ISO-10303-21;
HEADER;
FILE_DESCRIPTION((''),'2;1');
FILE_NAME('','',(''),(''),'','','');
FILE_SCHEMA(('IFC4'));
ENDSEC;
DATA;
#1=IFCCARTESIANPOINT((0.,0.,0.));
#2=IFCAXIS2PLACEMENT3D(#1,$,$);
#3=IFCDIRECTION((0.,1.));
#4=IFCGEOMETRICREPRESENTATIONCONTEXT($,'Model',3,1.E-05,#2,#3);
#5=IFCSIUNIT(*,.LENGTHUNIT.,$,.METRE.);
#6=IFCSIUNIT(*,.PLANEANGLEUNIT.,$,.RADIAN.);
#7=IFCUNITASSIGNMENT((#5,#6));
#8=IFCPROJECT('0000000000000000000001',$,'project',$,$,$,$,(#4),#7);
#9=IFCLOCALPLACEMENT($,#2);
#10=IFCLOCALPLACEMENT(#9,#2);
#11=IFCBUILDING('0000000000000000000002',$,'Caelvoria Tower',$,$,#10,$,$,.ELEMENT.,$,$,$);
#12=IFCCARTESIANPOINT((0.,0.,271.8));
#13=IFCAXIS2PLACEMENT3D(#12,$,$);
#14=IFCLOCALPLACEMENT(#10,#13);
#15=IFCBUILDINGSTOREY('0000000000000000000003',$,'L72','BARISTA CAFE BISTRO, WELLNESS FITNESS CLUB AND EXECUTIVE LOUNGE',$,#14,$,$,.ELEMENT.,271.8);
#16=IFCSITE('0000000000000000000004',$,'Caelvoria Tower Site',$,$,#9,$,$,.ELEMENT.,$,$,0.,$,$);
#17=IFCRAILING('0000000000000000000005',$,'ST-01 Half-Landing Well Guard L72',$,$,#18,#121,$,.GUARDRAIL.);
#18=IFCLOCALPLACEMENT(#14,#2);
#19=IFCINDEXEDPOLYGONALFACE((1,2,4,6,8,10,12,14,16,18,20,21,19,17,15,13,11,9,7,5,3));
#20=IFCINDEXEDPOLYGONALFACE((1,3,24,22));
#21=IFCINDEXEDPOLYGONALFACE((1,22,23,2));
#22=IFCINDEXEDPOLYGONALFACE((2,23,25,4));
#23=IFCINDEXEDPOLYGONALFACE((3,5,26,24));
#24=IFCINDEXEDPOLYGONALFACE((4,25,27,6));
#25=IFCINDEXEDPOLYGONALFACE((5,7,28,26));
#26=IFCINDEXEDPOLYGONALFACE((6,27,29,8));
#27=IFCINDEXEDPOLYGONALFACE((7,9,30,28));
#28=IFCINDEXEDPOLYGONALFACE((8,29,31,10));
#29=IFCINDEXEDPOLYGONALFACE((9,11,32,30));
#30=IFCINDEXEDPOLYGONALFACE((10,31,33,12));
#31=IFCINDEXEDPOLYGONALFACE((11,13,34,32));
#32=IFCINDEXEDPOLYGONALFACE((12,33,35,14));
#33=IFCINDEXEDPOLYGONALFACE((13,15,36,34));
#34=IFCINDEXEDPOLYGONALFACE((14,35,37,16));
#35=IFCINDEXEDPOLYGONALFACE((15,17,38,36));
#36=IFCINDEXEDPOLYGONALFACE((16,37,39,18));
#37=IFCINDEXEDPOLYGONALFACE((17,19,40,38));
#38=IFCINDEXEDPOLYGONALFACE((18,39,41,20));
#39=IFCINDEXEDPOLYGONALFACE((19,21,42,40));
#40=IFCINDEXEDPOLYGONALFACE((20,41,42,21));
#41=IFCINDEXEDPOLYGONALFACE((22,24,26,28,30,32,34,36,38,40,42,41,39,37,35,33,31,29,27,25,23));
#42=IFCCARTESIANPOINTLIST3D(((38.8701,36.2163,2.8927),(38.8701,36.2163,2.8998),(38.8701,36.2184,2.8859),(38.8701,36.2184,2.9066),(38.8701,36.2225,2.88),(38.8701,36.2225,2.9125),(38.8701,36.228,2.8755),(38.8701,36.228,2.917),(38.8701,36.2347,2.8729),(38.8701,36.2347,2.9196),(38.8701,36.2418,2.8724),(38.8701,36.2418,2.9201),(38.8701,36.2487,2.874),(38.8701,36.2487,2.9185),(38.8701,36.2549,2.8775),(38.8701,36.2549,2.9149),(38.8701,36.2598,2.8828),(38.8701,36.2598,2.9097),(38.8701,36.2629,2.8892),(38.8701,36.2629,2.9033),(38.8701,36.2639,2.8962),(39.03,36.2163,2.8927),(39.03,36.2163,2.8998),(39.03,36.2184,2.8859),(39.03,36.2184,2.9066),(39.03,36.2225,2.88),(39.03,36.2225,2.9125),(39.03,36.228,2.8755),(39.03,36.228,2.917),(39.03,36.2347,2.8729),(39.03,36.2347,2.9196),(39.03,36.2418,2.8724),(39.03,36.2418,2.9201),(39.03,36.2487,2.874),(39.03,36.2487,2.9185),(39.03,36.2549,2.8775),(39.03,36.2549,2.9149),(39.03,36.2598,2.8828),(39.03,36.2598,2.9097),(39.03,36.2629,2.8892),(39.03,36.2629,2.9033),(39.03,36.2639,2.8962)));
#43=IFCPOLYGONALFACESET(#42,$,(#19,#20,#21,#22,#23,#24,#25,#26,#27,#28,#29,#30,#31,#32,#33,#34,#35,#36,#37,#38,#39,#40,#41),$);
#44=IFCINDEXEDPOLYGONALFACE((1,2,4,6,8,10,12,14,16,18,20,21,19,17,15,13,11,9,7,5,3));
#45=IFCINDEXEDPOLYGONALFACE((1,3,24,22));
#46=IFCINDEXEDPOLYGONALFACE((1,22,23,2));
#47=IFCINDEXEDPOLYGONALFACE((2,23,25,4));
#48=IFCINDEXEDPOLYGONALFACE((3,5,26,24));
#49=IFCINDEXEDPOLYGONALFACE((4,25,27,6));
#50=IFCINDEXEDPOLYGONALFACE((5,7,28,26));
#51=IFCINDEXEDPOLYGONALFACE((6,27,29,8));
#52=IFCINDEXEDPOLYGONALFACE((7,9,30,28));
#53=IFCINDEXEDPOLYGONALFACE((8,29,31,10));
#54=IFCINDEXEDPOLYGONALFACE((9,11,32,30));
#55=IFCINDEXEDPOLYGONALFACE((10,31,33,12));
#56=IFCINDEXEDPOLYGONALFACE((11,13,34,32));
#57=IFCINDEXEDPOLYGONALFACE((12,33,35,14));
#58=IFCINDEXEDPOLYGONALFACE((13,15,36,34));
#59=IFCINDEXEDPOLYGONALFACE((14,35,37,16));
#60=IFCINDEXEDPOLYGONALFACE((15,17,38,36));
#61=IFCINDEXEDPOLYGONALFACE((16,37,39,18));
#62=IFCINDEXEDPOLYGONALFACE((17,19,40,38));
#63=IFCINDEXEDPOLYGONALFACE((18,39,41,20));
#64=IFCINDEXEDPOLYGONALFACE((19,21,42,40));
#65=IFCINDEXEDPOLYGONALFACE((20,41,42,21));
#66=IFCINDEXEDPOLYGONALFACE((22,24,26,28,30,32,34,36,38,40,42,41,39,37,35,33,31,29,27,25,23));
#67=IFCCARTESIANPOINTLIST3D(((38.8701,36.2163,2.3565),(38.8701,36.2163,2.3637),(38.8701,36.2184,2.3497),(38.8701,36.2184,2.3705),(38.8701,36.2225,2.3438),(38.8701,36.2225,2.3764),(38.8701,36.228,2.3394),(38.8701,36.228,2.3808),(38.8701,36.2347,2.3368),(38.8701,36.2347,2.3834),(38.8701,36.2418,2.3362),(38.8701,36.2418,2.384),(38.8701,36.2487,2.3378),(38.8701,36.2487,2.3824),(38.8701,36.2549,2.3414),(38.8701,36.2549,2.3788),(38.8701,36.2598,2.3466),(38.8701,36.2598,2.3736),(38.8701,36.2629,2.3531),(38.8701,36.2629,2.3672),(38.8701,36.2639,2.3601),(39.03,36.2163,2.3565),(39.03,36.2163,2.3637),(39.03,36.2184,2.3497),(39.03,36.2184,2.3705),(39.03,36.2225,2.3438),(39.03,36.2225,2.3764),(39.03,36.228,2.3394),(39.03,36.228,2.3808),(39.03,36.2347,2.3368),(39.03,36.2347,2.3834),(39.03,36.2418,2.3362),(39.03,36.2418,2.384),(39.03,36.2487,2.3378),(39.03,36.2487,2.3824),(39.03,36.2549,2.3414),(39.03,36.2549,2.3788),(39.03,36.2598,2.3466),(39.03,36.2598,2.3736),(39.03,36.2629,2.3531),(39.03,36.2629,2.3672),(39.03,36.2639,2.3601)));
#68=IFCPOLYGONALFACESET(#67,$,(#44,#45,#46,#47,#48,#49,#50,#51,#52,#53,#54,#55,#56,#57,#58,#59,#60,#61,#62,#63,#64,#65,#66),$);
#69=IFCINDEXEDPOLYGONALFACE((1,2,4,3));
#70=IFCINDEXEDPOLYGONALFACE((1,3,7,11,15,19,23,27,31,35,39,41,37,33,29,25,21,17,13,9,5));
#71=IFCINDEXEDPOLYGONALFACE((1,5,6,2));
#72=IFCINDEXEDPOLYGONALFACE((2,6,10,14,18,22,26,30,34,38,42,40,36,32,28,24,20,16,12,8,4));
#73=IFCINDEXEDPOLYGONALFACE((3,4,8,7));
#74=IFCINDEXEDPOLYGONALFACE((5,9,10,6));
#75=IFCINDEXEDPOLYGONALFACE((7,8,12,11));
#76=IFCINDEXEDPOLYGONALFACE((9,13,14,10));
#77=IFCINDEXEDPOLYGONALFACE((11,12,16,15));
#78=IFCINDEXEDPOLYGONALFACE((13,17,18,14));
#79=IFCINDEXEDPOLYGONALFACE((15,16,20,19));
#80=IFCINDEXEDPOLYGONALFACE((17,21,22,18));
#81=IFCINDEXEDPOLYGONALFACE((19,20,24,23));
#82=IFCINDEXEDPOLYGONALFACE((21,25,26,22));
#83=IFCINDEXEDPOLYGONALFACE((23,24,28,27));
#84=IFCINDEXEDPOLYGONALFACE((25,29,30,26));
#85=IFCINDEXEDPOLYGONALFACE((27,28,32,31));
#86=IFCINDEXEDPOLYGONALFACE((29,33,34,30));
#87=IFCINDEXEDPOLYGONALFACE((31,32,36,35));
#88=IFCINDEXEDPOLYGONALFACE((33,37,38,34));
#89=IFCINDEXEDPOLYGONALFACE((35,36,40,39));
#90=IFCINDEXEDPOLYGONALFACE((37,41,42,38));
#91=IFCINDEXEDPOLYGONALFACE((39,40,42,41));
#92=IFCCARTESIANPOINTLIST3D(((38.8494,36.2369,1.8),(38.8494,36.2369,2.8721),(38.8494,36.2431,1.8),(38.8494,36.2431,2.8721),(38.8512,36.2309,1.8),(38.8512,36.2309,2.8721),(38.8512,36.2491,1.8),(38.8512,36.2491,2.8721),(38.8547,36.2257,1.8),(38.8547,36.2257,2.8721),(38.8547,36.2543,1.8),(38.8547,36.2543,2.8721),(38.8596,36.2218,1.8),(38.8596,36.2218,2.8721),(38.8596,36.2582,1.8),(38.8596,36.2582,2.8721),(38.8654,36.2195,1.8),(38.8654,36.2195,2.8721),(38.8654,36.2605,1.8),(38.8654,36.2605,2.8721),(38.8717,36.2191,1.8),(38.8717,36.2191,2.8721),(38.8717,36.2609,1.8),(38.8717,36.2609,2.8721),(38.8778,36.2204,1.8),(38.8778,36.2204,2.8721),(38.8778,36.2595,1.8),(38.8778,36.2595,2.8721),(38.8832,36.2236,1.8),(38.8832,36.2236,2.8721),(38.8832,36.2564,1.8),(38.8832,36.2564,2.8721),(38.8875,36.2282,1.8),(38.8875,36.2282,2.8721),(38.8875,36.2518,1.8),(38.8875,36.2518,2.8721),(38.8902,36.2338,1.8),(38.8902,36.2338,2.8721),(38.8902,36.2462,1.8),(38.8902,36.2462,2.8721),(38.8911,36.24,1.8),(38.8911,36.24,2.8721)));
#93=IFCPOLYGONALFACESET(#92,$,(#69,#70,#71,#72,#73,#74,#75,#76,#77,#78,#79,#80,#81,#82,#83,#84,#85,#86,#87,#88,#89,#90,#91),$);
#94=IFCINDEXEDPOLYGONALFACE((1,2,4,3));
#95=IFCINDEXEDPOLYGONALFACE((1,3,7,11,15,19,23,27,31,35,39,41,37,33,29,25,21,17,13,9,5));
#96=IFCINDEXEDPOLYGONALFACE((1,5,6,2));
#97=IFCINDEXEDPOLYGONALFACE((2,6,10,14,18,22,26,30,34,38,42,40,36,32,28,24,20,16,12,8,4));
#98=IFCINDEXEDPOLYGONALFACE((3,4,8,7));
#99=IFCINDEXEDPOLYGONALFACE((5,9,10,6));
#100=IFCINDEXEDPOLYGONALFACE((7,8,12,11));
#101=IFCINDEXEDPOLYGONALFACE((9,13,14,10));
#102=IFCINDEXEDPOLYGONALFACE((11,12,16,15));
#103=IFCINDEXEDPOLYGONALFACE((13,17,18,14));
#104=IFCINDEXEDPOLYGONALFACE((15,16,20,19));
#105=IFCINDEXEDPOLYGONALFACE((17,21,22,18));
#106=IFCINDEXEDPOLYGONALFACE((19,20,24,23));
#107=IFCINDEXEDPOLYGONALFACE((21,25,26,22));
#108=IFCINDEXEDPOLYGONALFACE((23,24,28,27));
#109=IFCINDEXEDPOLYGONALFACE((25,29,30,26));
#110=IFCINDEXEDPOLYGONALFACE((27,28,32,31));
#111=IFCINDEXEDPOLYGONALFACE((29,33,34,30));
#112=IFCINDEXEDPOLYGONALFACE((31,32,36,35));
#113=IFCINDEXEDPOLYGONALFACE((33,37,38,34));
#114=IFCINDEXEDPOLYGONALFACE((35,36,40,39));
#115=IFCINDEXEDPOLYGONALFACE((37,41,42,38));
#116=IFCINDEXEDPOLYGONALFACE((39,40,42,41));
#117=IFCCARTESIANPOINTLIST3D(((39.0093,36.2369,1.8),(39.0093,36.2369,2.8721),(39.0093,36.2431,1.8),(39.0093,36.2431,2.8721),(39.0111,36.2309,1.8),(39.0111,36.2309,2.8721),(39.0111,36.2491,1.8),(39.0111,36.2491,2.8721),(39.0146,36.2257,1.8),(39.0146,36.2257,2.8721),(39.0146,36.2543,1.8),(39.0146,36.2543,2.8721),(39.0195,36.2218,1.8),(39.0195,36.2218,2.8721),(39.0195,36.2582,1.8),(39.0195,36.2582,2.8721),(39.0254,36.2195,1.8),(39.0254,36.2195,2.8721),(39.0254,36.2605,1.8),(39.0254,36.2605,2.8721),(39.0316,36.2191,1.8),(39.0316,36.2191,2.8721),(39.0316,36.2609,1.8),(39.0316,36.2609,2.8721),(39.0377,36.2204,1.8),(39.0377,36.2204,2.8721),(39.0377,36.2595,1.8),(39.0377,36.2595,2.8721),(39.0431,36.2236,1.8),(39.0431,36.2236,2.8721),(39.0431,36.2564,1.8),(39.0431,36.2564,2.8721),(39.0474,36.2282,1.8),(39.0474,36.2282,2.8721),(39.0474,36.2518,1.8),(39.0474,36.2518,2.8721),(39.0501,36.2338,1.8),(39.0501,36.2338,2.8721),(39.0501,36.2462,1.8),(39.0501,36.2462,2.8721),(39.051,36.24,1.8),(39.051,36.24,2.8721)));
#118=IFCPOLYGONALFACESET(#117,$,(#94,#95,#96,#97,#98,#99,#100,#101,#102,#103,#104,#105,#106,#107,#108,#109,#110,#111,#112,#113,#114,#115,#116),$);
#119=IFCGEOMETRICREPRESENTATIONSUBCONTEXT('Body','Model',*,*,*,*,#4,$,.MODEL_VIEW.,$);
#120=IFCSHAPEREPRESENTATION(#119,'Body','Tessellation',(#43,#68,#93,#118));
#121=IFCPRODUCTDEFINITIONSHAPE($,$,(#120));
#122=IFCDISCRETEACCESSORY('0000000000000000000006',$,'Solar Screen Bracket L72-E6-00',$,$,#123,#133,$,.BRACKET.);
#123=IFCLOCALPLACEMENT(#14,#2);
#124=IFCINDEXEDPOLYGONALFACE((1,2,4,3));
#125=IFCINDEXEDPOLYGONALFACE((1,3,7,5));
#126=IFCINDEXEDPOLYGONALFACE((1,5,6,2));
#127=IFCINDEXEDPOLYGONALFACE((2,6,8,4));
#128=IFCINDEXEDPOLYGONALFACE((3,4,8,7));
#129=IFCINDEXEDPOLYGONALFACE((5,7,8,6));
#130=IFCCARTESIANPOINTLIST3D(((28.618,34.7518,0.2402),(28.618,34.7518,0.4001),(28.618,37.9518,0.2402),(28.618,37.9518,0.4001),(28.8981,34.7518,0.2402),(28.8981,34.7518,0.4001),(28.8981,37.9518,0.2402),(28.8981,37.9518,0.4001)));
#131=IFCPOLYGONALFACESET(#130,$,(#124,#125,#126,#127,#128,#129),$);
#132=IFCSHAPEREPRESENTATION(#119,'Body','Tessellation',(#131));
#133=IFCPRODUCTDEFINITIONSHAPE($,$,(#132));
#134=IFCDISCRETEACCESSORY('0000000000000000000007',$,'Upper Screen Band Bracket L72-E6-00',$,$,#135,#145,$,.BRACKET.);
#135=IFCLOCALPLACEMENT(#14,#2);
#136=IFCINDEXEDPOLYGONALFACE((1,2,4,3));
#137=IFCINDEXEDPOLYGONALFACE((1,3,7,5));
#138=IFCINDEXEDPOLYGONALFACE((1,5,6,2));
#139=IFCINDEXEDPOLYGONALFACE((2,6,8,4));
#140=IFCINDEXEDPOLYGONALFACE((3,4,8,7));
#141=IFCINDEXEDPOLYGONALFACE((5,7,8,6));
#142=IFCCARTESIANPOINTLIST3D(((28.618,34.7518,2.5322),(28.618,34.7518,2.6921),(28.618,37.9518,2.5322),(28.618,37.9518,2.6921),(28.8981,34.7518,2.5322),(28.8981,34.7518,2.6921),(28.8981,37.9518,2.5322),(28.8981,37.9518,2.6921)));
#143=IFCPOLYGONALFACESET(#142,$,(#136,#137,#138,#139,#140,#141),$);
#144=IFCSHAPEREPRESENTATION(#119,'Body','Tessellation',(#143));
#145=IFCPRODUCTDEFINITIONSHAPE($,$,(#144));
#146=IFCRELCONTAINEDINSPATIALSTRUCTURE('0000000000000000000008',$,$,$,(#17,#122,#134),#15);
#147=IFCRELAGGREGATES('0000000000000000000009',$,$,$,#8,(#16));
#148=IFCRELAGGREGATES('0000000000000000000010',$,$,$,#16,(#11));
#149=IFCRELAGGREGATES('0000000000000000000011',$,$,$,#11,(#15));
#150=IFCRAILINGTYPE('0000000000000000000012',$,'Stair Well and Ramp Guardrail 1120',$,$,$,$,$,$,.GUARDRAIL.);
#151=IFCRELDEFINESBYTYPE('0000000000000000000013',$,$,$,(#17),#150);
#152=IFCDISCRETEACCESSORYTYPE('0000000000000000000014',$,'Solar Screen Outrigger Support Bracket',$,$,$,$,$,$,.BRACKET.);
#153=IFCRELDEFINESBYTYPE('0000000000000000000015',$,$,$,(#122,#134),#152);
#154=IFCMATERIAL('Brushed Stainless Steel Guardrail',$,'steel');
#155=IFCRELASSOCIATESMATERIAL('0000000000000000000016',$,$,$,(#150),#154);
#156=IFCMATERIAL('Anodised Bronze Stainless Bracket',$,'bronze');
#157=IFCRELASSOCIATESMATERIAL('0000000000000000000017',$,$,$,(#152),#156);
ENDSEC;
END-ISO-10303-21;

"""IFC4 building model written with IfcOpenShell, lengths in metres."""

from ifc_helpers import new_model, si_unit, direction, frame, origin, origin_2d, place, context, subcontext, project, spatial, rectangle, circle, extrude, material, type_object, element, save


model = new_model("IFC4")

# Units and contexts
model_context = context("Model", 3, precision=1e-05, world=origin(), true_north=direction((0.0, 1.0)))
body_context = subcontext(model_context, "Body", "Model", "MODEL_VIEW")
ifc_project = project(units=[si_unit("LENGTHUNIT", "METRE"), si_unit("PLANEANGLEUNIT", "RADIAN")], contexts=[model_context])

# Site, building, storey
site_placement = place(None, origin())
site = spatial("IfcSite", under=ifc_project, at=site_placement, Name="Caelvoria Tower Site", CompositionType="ELEMENT", RefElevation=0.0)
building_placement = place(site_placement, origin())
building = spatial("IfcBuilding", under=site, at=building_placement, Name="Caelvoria Tower", CompositionType="ELEMENT")
storey_placement = place(building_placement, frame((0.0, 0.0, 271.8)))
storey = spatial("IfcBuildingStorey", under=building, at=storey_placement, Name="L72", Description="BARISTA CAFE BISTRO, WELLNESS FITNESS CLUB AND EXECUTIVE LOUNGE", CompositionType="ELEMENT", Elevation=271.8)

# Railing
ifc_material_1 = material(Name="Brushed Stainless Steel Guardrail", Category="steel")
railing_type_1 = type_object("IfcRailingType", Name="Stair Well and Ramp Guardrail 1120", PredefinedType="GUARDRAIL", material=ifc_material_1)
railing_1_placement = place(storey_placement, frame((38.8701, 36.24, 1.8)))
element("IfcRailing", 1, at=railing_1_placement, inside=storey, type_object=railing_type_1, Name="ST-01 Half-Landing Well Guard L72", PredefinedType="GUARDRAIL", context=body_context, shape_type="SweptSolid", body=[
    extrude(circle(Radius=0.0239, at=origin_2d()), frame((0.0, 0.0, 1.0962), z_axis=(1.0, 0.0, 0.0), x_axis=(0.0, 1.0, 0.0)), (0.0, 0.0, 1.0), 0.1599),
    extrude(circle(Radius=0.0239, at=origin_2d()), frame((0.0, 0.0, 0.5601), z_axis=(1.0, 0.0, 0.0), x_axis=(0.0, 1.0, 0.0)), (0.0, 0.0, 1.0), 0.1599),
    extrude(circle(Radius=0.021, at=origin_2d()), origin(), (0.0, 0.0, 1.0), 1.072),
    extrude(circle(Radius=0.021, at=origin_2d()), frame((0.1599, 0.0, 0.0)), (0.0, 0.0, 1.0), 1.072),
])

# Discrete accessories
ifc_material_2 = material(Name="Anodised Bronze Stainless Bracket", Category="bronze")
discrete_accessory_type = type_object("IfcDiscreteAccessoryType", Name="Solar Screen Outrigger Support Bracket", PredefinedType="BRACKET", material=ifc_material_2)
for number, where, z_axis, x_axis, name in (
    (2, (28.7581, 36.3518, 0.2402), (0.0, 0.0, 1.0), (0.0, -1.0, 0.0), "Solar Screen Bracket L72-E6-00"),
    (3, (28.7581, 36.3518, 2.5322), (0.0, 0.0, 1.0), (0.0, -1.0, 0.0), "Upper Screen Band Bracket L72-E6-00"),
):
    element("IfcDiscreteAccessory", number, at=place(storey_placement, frame(where, z_axis=z_axis, x_axis=x_axis)), inside=storey, type_object=discrete_accessory_type, Name=name, PredefinedType="BRACKET", context=body_context, shape_type="SweptSolid", body=[
        extrude(rectangle(XDim=3.2, YDim=0.28, at=origin_2d()), origin(), (0.0, 0.0, 1.0), 0.1599),
    ])

save(model, "model.ifc")
